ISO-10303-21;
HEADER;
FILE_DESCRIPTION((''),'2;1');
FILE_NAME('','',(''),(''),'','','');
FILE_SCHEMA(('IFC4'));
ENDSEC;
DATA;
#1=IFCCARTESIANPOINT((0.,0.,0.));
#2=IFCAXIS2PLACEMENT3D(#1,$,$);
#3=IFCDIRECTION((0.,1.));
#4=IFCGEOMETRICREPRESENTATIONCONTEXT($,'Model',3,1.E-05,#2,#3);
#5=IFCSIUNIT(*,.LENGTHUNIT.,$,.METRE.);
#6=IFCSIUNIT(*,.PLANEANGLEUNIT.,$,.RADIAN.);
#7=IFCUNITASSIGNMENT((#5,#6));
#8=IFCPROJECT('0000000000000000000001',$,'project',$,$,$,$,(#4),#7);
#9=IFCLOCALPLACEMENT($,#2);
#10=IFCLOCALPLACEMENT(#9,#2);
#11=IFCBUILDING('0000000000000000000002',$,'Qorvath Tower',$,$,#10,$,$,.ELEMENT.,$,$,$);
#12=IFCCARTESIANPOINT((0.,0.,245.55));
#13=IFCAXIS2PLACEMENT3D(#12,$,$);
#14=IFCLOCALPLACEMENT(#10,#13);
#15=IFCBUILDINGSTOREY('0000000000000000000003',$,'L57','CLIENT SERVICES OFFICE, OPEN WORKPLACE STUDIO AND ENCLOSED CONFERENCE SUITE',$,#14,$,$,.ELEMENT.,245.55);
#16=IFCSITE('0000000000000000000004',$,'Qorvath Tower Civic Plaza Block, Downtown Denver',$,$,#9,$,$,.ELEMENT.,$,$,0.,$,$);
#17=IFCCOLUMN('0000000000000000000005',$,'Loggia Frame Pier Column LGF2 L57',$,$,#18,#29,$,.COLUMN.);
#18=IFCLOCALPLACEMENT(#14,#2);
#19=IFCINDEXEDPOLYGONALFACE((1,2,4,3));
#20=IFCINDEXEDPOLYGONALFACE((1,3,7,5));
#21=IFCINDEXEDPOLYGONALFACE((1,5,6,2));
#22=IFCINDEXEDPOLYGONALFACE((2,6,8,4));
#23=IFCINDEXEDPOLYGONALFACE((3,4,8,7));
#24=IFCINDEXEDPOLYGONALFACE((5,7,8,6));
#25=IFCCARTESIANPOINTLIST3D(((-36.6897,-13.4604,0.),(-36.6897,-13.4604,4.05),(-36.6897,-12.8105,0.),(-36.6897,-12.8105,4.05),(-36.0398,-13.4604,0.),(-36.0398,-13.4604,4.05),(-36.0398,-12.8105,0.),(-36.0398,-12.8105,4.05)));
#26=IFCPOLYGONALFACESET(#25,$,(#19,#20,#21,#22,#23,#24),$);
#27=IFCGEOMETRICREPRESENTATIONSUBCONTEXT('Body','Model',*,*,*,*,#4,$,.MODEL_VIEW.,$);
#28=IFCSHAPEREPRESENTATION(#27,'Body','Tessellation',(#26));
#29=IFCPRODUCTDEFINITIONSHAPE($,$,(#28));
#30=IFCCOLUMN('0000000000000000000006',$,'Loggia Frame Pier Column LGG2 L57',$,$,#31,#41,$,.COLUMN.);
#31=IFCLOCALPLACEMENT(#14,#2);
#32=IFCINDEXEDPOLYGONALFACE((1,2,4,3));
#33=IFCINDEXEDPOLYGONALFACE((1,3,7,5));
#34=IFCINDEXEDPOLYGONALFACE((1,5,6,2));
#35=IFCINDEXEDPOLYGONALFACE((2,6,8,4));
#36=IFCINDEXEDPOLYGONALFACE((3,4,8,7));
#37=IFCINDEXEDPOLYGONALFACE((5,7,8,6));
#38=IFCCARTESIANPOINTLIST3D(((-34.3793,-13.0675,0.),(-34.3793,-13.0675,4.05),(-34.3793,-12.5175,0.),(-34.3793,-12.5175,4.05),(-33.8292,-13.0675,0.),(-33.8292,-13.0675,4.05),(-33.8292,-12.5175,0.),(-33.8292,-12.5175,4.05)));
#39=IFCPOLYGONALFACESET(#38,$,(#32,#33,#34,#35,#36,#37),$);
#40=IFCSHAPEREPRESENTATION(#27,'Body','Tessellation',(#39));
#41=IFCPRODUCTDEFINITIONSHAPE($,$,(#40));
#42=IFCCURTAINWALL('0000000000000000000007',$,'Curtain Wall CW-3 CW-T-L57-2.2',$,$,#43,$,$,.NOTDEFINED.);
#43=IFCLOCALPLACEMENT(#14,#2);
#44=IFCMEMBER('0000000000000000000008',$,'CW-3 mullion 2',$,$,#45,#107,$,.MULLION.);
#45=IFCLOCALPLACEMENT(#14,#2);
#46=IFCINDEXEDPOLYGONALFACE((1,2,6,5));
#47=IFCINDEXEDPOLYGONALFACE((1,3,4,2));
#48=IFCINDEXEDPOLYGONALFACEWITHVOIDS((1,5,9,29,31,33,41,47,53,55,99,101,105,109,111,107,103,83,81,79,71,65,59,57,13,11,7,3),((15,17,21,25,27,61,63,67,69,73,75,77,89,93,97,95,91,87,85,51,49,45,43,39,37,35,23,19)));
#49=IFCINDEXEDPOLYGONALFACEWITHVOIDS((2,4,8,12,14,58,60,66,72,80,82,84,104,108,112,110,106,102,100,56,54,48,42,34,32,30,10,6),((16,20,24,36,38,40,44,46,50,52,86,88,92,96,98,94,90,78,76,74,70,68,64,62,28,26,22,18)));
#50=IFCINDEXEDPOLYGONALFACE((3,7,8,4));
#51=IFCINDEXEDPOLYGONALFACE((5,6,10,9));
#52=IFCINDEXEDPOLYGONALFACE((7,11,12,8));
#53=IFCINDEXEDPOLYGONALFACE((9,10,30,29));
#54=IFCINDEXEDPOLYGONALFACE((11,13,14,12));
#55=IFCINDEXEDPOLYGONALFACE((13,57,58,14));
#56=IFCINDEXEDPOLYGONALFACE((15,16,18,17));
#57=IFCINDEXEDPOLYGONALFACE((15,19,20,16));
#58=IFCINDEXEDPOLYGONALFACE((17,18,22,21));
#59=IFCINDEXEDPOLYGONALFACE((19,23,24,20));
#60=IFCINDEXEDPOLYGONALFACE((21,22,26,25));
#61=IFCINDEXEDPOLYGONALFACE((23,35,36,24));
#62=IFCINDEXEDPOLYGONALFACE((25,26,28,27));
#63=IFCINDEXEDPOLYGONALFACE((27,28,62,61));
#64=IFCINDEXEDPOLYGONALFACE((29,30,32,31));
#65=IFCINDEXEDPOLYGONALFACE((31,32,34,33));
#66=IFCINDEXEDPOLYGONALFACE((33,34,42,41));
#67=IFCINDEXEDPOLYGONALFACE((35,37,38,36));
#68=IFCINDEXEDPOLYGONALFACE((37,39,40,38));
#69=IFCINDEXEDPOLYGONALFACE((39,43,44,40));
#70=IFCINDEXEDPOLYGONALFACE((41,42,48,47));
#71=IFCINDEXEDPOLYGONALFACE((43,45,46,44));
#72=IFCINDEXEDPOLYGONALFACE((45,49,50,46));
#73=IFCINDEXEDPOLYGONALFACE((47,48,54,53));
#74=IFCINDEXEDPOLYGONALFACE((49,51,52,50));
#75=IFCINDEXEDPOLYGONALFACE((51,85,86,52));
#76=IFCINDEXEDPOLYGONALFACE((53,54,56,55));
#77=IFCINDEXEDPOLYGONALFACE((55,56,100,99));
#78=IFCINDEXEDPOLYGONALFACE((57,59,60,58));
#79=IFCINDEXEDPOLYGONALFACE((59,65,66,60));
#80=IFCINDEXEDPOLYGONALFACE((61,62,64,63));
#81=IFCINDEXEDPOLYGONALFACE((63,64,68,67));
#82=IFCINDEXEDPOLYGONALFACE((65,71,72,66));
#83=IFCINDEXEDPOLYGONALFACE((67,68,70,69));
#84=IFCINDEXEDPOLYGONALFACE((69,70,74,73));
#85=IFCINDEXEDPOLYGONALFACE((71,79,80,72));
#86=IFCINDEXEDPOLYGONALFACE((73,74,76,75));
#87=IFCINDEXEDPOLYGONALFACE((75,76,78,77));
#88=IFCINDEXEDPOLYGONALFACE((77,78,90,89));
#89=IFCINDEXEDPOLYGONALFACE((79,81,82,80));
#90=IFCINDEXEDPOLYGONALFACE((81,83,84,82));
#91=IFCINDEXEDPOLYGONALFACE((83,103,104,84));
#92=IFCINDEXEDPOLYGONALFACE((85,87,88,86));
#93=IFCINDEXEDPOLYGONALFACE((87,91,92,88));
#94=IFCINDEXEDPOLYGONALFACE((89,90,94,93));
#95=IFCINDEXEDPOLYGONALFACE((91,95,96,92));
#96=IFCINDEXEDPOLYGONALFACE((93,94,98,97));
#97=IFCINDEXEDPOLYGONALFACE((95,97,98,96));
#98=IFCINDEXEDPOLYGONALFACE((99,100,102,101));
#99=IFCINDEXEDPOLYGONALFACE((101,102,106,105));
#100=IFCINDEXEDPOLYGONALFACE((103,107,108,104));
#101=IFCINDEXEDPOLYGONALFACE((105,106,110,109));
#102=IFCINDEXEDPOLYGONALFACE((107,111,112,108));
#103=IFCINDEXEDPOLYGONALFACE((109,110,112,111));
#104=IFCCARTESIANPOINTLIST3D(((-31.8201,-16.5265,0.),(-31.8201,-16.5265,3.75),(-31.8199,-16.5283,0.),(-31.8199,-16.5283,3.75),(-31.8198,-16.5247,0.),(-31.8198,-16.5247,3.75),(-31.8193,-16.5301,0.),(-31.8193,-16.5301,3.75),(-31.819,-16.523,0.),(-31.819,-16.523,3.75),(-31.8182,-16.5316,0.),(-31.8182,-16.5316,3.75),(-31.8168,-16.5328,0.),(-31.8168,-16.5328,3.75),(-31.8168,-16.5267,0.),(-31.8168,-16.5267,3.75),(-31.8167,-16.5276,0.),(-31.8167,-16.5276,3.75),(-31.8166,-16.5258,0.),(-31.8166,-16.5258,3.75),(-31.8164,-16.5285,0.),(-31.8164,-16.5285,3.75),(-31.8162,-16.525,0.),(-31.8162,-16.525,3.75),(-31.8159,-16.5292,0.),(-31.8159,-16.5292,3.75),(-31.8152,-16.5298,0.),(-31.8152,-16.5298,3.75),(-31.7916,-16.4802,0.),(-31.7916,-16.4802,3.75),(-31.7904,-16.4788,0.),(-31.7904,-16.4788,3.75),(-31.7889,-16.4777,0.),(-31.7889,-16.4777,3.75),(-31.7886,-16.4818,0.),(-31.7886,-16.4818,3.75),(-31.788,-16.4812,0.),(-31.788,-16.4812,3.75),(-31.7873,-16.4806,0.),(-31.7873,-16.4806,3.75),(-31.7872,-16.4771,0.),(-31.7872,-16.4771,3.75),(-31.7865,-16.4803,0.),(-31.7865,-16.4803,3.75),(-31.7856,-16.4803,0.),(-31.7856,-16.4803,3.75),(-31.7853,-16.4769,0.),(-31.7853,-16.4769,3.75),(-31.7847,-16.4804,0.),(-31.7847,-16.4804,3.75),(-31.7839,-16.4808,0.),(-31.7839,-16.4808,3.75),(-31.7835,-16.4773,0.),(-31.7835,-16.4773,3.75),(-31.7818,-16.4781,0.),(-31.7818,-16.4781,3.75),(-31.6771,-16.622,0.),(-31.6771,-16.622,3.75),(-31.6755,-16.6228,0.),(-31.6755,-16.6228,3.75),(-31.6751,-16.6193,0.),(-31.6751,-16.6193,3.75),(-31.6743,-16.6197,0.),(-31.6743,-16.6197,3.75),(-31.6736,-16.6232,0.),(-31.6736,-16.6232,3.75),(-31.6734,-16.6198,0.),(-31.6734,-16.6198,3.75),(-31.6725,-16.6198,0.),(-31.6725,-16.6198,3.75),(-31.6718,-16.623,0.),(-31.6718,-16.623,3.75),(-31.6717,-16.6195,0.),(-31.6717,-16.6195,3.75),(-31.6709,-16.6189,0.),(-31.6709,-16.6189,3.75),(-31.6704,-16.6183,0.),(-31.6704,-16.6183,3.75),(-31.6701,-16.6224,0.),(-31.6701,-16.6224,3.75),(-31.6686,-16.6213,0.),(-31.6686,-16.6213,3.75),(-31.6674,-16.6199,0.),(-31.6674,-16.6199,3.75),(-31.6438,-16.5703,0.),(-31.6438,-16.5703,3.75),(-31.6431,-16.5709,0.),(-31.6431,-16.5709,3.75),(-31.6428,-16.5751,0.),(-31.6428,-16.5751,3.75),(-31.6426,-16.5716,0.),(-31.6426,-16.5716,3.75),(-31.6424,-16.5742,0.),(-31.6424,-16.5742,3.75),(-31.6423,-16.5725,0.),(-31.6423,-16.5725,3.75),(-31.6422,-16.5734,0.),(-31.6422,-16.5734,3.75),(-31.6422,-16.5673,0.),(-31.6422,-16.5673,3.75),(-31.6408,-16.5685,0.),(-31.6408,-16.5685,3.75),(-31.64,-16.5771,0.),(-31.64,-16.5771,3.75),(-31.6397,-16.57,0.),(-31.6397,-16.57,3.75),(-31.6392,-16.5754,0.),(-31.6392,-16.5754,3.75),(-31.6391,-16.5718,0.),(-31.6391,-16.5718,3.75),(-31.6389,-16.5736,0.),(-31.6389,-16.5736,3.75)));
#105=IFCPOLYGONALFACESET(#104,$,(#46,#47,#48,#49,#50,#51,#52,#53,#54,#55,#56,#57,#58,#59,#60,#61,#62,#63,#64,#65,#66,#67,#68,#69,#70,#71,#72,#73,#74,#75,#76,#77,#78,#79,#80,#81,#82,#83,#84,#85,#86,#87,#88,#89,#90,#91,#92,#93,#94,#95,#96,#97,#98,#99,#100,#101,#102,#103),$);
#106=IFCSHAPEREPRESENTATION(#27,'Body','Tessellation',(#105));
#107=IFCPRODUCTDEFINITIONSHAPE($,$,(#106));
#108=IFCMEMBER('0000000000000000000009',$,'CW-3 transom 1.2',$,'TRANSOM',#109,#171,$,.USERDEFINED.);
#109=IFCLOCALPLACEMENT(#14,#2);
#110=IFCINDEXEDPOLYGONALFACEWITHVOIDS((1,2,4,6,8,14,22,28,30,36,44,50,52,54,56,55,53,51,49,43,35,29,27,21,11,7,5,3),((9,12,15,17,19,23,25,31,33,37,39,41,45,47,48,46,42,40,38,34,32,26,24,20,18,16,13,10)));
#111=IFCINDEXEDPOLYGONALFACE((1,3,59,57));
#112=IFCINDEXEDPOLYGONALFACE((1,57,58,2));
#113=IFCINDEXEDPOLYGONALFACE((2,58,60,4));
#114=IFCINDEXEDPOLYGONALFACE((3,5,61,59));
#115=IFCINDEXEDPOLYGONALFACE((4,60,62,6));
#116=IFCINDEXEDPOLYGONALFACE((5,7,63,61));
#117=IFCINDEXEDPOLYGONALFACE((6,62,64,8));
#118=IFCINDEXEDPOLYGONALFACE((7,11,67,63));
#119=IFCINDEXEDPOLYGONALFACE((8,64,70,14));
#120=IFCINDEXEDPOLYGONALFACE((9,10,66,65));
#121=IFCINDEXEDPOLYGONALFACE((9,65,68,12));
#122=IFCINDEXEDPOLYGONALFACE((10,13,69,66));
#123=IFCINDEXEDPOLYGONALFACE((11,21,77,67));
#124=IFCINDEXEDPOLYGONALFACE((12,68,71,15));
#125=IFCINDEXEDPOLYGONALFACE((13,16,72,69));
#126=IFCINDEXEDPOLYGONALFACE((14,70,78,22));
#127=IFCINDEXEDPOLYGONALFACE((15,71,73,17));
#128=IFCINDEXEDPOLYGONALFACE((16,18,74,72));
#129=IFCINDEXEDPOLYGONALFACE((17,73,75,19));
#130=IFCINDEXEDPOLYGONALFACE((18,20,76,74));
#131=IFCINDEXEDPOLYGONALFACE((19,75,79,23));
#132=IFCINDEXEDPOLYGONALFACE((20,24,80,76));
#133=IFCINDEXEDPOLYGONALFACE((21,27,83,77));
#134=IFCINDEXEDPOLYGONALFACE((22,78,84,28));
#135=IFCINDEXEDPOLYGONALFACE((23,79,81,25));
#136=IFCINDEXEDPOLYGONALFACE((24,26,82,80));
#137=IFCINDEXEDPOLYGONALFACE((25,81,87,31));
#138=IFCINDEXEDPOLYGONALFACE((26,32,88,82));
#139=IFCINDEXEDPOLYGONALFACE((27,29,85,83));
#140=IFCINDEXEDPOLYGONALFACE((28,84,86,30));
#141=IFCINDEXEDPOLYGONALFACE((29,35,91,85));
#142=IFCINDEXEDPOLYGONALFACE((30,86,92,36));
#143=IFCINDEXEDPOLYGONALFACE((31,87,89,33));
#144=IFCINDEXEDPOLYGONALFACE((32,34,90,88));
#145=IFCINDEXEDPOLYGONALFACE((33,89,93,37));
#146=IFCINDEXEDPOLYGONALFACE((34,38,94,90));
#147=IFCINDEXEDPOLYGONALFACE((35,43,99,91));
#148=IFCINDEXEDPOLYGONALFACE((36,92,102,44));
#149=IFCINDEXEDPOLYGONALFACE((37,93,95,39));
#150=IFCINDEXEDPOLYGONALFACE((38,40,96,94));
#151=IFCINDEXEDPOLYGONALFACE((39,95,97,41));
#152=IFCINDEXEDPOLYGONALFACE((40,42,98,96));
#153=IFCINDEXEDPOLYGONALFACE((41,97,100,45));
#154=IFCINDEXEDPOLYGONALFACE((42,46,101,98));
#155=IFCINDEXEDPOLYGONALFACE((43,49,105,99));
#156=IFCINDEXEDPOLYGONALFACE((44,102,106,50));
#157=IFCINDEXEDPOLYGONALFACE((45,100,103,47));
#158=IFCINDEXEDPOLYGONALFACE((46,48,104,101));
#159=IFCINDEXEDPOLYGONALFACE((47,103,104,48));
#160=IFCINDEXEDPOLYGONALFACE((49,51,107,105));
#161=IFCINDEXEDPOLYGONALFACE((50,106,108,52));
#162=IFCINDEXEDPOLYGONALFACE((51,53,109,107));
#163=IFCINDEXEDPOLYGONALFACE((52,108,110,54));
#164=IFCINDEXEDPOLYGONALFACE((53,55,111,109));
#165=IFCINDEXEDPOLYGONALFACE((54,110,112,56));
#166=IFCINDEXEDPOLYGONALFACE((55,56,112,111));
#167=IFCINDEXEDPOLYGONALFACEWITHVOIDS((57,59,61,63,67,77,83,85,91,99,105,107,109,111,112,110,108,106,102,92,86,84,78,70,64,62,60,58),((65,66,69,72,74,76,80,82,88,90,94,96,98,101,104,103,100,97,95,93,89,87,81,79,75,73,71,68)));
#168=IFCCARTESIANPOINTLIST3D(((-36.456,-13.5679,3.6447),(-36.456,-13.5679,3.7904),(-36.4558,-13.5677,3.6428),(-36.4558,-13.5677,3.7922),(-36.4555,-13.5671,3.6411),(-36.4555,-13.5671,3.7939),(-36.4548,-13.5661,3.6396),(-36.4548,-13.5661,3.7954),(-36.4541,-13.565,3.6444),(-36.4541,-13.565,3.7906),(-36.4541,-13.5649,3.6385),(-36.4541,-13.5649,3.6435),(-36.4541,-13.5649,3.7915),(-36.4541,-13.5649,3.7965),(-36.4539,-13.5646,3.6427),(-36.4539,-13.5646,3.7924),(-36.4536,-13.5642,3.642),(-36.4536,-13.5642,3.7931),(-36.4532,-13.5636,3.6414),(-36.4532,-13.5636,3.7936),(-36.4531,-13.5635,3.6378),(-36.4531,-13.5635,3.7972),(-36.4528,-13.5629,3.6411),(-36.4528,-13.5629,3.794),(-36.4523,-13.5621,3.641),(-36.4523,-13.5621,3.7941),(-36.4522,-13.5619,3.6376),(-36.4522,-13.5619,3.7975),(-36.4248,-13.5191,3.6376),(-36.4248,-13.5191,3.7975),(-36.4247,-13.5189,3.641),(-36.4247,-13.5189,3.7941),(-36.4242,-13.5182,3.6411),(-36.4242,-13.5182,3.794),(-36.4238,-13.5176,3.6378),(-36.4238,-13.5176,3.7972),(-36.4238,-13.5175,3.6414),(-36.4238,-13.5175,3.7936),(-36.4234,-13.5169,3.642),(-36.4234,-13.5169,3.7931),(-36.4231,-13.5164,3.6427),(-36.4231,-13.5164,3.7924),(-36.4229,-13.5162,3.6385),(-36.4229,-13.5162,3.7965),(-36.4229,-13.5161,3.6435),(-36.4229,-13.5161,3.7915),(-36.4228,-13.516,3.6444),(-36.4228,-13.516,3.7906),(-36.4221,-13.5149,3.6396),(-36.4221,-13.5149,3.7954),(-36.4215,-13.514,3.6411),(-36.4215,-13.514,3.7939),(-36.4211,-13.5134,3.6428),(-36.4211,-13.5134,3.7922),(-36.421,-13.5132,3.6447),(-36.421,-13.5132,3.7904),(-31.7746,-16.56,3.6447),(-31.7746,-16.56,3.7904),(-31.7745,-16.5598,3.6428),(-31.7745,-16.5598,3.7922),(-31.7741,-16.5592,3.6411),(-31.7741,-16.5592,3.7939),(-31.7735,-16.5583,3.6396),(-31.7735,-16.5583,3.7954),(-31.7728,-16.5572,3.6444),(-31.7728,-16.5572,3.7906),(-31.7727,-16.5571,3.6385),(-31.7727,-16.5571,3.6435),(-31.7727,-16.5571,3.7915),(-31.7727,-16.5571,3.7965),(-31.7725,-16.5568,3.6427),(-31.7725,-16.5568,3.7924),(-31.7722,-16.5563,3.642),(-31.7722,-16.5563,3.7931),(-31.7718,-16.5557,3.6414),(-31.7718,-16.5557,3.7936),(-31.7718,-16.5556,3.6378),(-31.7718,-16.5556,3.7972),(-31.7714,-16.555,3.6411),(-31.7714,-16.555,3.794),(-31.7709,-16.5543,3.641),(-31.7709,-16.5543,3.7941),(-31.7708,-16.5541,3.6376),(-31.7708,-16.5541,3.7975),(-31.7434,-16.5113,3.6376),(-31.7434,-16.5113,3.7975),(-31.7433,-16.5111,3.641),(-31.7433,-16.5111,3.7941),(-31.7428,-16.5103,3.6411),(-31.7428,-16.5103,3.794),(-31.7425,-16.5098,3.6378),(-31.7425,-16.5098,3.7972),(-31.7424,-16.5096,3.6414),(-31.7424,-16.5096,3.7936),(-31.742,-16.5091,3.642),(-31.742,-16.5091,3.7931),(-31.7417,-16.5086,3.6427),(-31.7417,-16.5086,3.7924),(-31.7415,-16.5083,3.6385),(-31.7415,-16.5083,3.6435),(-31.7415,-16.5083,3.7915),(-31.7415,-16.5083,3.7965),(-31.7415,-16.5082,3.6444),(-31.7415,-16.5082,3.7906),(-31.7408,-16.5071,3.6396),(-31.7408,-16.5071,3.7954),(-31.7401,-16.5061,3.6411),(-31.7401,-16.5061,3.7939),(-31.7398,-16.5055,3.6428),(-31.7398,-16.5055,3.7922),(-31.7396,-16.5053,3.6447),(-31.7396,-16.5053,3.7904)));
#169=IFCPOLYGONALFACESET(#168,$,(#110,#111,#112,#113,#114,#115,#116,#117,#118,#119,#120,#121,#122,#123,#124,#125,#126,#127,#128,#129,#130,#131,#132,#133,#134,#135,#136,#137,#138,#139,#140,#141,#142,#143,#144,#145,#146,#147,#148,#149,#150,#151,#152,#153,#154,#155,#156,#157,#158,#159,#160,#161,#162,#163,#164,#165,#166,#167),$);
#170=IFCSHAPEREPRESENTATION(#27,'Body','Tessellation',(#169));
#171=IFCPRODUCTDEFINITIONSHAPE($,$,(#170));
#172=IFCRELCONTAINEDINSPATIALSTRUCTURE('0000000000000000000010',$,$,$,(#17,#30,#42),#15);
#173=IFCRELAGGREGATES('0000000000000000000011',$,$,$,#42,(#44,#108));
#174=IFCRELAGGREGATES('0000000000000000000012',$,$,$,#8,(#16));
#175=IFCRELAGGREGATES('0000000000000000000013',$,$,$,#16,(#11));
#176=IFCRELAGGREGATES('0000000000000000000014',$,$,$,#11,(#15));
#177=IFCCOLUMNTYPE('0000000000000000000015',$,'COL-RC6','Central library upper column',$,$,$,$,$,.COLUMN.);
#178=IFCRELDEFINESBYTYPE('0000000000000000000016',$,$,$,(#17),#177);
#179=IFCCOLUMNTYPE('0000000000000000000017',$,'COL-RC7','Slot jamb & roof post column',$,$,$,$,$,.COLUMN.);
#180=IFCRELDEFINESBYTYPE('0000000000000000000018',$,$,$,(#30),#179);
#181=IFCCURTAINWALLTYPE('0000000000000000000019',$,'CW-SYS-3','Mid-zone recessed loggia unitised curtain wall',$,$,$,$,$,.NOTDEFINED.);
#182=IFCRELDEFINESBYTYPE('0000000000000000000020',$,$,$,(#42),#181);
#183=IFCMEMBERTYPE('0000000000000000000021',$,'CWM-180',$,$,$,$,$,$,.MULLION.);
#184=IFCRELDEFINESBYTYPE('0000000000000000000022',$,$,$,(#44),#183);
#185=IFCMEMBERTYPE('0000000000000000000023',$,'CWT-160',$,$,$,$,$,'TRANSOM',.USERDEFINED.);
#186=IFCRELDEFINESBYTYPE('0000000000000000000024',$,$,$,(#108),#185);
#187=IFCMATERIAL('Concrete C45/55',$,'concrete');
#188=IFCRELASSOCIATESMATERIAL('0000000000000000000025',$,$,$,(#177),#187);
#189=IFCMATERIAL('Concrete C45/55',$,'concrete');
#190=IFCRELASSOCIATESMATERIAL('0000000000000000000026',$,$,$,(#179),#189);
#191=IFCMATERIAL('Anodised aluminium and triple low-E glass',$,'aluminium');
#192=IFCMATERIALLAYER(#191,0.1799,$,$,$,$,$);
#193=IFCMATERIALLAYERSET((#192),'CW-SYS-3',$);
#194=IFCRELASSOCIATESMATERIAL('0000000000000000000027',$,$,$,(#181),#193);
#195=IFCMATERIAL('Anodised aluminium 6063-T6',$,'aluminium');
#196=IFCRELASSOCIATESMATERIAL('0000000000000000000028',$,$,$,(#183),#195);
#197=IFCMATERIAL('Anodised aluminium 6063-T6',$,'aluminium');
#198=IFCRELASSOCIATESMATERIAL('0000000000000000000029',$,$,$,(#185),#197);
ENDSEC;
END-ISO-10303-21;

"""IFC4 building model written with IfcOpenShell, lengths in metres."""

from ifc_helpers import new_model, si_unit, direction, frame, origin, origin_2d, place, context, subcontext, project, spatial, rectangle, hollow_rectangle, extrude, material, layer, layer_set, material_profile, profile_set, type_object, element, aggregate, save


model = new_model("IFC4")

# Units and contexts
model_context = context("Model", 3, precision=1e-05, world=origin(), true_north=direction((0.0, 1.0)))
body_context = subcontext(model_context, "Body", "Model", "MODEL_VIEW")
ifc_project = project(units=[si_unit("LENGTHUNIT", "METRE"), si_unit("PLANEANGLEUNIT", "RADIAN")], contexts=[model_context])

# Site, building, storey
site_placement = place(None, origin())
site = spatial("IfcSite", under=ifc_project, at=site_placement, Name="Qorvath Tower Civic Plaza Block, Downtown Denver", CompositionType="ELEMENT", RefElevation=0.0)
building_placement = place(site_placement, origin())
building = spatial("IfcBuilding", under=site, at=building_placement, Name="Qorvath Tower", CompositionType="ELEMENT")
storey_placement = place(building_placement, frame((0.0, 0.0, 245.55)))
storey = spatial("IfcBuildingStorey", under=building, at=storey_placement, Name="L57", Description="CLIENT SERVICES OFFICE, OPEN WORKPLACE STUDIO AND ENCLOSED CONFERENCE SUITE", CompositionType="ELEMENT", Elevation=245.55)

# Columns
ifc_material_1 = material(Name="Concrete C45/55", Category="concrete")
ifc_material_profile_1 = material_profile(ifc_material_1, rectangle(XDim=0.6499, YDim=0.6499, at=origin_2d()), Name="RC 650x650")
ifc_profile_set_1 = profile_set([ifc_material_profile_1], Name="Concrete C45/55")
column_type_1 = type_object("IfcColumnType", Name="COL-RC6", Description="Central library upper column", PredefinedType="COLUMN", material=ifc_profile_set_1)
column_1_placement = place(storey_placement, frame((-36.3647, -13.1355, 0.0), z_axis=(0.0, 0.0, 1.0), x_axis=(1.0, 0.0, 0.0)))
element("IfcColumn", 1, at=column_1_placement, inside=storey, type_object=column_type_1, Name="Loggia Frame Pier Column LGF2 L57", PredefinedType="COLUMN", context=body_context, shape_type="SweptSolid", body=[
    extrude(rectangle(XDim=0.6499, YDim=0.6499, at=origin_2d()), origin(), (0.0, 0.0, 1.0), 4.05),
])
ifc_material_2 = material(Name="Concrete C45/55", Category="concrete")
ifc_material_profile_2 = material_profile(ifc_material_2, rectangle(XDim=0.55, YDim=0.55, at=origin_2d()), Name="RC 550x550")
ifc_profile_set_2 = profile_set([ifc_material_profile_2], Name="Concrete C45/55")
column_type_2 = type_object("IfcColumnType", Name="COL-RC7", Description="Slot jamb & roof post column", PredefinedType="COLUMN", material=ifc_profile_set_2)
column_2_placement = place(storey_placement, frame((-34.1042, -12.7925, 0.0), z_axis=(0.0, 0.0, 1.0), x_axis=(1.0, 0.0, 0.0)))
element("IfcColumn", 2, at=column_2_placement, inside=storey, type_object=column_type_2, Name="Loggia Frame Pier Column LGG2 L57", PredefinedType="COLUMN", context=body_context, shape_type="SweptSolid", body=[
    extrude(rectangle(XDim=0.55, YDim=0.55, at=origin_2d()), origin(), (0.0, 0.0, 1.0), 4.05),
])

# Curtain wall, members
ifc_material_3 = material(Name="Anodised aluminium and triple low-E glass", Category="aluminium")
ifc_layer_1 = layer(ifc_material_3, 0.1799)
ifc_layer_set_1 = layer_set([ifc_layer_1], Name="CW-SYS-3")
curtain_wall_type = type_object("IfcCurtainWallType", Name="CW-SYS-3", Description="Mid-zone recessed loggia unitised curtain wall", PredefinedType="NOTDEFINED", material=ifc_layer_set_1)
curtain_wall_placement = place(storey_placement, origin())
curtain_wall = element("IfcCurtainWall", 3, at=curtain_wall_placement, inside=storey, type_object=curtain_wall_type, Name="Curtain Wall CW-3 CW-T-L57-2.2", PredefinedType="NOTDEFINED")
ifc_material_4 = material(Name="Anodised aluminium 6063-T6", Category="aluminium")
ifc_material_profile_3 = material_profile(ifc_material_4, hollow_rectangle(XDim=0.0649, YDim=0.1799, WallThickness=0.0034, InnerFilletRadius=0.0034, OuterFilletRadius=0.0071, at=origin_2d()), Name="CWM 180x65")
ifc_profile_set_3 = profile_set([ifc_material_profile_3], Name="Anodised aluminium 6063-T6")
member_type_1 = type_object("IfcMemberType", Name="CWM-180", PredefinedType="MULLION", material=ifc_profile_set_3)
member_1_placement = place(storey_placement, frame((-31.7295, -16.55, 0.0), z_axis=(0.0, 0.0, 1.0), x_axis=(0.53853, 0.842606, 0.0)))
member_1 = element("IfcMember", 4, at=member_1_placement, type_object=member_type_1, Name="CW-3 mullion 2", PredefinedType="MULLION", context=body_context, shape_type="SweptSolid", body=[
    extrude(hollow_rectangle(XDim=0.0649, YDim=0.1799, WallThickness=0.0034, InnerFilletRadius=0.0034, OuterFilletRadius=0.0071, at=origin_2d()), origin(), (0.0, 0.0, 1.0), 3.75),
])
ifc_material_5 = material(Name="Anodised aluminium 6063-T6", Category="aluminium")
ifc_material_profile_4 = material_profile(ifc_material_5, hollow_rectangle(XDim=0.0649, YDim=0.1599, WallThickness=0.0034, InnerFilletRadius=0.0034, OuterFilletRadius=0.0071, at=origin_2d()), Name="CWT 160x65")
ifc_profile_set_4 = profile_set([ifc_material_profile_4], Name="Anodised aluminium 6063-T6")
member_type_2 = type_object("IfcMemberType", Name="CWT-160", ElementType="TRANSOM", PredefinedType="USERDEFINED", material=ifc_profile_set_4)
member_2_placement = place(storey_placement, frame((-36.4385, -13.5405, 3.7175), z_axis=(0.84259, -0.538555, 0.0), x_axis=(0.538555, 0.84259, 0.0)))
member_2 = element("IfcMember", 5, at=member_2_placement, type_object=member_type_2, Name="CW-3 transom 1.2", ObjectType="TRANSOM", PredefinedType="USERDEFINED", context=body_context, shape_type="SweptSolid", body=[
    extrude(hollow_rectangle(XDim=0.0649, YDim=0.1599, WallThickness=0.0034, InnerFilletRadius=0.0034, OuterFilletRadius=0.0071, at=origin_2d()), origin(), (0.0, 0.0, 1.0), 5.5559),
])
aggregate(curtain_wall, [member_1, member_2])

save(model, "model.ifc")
